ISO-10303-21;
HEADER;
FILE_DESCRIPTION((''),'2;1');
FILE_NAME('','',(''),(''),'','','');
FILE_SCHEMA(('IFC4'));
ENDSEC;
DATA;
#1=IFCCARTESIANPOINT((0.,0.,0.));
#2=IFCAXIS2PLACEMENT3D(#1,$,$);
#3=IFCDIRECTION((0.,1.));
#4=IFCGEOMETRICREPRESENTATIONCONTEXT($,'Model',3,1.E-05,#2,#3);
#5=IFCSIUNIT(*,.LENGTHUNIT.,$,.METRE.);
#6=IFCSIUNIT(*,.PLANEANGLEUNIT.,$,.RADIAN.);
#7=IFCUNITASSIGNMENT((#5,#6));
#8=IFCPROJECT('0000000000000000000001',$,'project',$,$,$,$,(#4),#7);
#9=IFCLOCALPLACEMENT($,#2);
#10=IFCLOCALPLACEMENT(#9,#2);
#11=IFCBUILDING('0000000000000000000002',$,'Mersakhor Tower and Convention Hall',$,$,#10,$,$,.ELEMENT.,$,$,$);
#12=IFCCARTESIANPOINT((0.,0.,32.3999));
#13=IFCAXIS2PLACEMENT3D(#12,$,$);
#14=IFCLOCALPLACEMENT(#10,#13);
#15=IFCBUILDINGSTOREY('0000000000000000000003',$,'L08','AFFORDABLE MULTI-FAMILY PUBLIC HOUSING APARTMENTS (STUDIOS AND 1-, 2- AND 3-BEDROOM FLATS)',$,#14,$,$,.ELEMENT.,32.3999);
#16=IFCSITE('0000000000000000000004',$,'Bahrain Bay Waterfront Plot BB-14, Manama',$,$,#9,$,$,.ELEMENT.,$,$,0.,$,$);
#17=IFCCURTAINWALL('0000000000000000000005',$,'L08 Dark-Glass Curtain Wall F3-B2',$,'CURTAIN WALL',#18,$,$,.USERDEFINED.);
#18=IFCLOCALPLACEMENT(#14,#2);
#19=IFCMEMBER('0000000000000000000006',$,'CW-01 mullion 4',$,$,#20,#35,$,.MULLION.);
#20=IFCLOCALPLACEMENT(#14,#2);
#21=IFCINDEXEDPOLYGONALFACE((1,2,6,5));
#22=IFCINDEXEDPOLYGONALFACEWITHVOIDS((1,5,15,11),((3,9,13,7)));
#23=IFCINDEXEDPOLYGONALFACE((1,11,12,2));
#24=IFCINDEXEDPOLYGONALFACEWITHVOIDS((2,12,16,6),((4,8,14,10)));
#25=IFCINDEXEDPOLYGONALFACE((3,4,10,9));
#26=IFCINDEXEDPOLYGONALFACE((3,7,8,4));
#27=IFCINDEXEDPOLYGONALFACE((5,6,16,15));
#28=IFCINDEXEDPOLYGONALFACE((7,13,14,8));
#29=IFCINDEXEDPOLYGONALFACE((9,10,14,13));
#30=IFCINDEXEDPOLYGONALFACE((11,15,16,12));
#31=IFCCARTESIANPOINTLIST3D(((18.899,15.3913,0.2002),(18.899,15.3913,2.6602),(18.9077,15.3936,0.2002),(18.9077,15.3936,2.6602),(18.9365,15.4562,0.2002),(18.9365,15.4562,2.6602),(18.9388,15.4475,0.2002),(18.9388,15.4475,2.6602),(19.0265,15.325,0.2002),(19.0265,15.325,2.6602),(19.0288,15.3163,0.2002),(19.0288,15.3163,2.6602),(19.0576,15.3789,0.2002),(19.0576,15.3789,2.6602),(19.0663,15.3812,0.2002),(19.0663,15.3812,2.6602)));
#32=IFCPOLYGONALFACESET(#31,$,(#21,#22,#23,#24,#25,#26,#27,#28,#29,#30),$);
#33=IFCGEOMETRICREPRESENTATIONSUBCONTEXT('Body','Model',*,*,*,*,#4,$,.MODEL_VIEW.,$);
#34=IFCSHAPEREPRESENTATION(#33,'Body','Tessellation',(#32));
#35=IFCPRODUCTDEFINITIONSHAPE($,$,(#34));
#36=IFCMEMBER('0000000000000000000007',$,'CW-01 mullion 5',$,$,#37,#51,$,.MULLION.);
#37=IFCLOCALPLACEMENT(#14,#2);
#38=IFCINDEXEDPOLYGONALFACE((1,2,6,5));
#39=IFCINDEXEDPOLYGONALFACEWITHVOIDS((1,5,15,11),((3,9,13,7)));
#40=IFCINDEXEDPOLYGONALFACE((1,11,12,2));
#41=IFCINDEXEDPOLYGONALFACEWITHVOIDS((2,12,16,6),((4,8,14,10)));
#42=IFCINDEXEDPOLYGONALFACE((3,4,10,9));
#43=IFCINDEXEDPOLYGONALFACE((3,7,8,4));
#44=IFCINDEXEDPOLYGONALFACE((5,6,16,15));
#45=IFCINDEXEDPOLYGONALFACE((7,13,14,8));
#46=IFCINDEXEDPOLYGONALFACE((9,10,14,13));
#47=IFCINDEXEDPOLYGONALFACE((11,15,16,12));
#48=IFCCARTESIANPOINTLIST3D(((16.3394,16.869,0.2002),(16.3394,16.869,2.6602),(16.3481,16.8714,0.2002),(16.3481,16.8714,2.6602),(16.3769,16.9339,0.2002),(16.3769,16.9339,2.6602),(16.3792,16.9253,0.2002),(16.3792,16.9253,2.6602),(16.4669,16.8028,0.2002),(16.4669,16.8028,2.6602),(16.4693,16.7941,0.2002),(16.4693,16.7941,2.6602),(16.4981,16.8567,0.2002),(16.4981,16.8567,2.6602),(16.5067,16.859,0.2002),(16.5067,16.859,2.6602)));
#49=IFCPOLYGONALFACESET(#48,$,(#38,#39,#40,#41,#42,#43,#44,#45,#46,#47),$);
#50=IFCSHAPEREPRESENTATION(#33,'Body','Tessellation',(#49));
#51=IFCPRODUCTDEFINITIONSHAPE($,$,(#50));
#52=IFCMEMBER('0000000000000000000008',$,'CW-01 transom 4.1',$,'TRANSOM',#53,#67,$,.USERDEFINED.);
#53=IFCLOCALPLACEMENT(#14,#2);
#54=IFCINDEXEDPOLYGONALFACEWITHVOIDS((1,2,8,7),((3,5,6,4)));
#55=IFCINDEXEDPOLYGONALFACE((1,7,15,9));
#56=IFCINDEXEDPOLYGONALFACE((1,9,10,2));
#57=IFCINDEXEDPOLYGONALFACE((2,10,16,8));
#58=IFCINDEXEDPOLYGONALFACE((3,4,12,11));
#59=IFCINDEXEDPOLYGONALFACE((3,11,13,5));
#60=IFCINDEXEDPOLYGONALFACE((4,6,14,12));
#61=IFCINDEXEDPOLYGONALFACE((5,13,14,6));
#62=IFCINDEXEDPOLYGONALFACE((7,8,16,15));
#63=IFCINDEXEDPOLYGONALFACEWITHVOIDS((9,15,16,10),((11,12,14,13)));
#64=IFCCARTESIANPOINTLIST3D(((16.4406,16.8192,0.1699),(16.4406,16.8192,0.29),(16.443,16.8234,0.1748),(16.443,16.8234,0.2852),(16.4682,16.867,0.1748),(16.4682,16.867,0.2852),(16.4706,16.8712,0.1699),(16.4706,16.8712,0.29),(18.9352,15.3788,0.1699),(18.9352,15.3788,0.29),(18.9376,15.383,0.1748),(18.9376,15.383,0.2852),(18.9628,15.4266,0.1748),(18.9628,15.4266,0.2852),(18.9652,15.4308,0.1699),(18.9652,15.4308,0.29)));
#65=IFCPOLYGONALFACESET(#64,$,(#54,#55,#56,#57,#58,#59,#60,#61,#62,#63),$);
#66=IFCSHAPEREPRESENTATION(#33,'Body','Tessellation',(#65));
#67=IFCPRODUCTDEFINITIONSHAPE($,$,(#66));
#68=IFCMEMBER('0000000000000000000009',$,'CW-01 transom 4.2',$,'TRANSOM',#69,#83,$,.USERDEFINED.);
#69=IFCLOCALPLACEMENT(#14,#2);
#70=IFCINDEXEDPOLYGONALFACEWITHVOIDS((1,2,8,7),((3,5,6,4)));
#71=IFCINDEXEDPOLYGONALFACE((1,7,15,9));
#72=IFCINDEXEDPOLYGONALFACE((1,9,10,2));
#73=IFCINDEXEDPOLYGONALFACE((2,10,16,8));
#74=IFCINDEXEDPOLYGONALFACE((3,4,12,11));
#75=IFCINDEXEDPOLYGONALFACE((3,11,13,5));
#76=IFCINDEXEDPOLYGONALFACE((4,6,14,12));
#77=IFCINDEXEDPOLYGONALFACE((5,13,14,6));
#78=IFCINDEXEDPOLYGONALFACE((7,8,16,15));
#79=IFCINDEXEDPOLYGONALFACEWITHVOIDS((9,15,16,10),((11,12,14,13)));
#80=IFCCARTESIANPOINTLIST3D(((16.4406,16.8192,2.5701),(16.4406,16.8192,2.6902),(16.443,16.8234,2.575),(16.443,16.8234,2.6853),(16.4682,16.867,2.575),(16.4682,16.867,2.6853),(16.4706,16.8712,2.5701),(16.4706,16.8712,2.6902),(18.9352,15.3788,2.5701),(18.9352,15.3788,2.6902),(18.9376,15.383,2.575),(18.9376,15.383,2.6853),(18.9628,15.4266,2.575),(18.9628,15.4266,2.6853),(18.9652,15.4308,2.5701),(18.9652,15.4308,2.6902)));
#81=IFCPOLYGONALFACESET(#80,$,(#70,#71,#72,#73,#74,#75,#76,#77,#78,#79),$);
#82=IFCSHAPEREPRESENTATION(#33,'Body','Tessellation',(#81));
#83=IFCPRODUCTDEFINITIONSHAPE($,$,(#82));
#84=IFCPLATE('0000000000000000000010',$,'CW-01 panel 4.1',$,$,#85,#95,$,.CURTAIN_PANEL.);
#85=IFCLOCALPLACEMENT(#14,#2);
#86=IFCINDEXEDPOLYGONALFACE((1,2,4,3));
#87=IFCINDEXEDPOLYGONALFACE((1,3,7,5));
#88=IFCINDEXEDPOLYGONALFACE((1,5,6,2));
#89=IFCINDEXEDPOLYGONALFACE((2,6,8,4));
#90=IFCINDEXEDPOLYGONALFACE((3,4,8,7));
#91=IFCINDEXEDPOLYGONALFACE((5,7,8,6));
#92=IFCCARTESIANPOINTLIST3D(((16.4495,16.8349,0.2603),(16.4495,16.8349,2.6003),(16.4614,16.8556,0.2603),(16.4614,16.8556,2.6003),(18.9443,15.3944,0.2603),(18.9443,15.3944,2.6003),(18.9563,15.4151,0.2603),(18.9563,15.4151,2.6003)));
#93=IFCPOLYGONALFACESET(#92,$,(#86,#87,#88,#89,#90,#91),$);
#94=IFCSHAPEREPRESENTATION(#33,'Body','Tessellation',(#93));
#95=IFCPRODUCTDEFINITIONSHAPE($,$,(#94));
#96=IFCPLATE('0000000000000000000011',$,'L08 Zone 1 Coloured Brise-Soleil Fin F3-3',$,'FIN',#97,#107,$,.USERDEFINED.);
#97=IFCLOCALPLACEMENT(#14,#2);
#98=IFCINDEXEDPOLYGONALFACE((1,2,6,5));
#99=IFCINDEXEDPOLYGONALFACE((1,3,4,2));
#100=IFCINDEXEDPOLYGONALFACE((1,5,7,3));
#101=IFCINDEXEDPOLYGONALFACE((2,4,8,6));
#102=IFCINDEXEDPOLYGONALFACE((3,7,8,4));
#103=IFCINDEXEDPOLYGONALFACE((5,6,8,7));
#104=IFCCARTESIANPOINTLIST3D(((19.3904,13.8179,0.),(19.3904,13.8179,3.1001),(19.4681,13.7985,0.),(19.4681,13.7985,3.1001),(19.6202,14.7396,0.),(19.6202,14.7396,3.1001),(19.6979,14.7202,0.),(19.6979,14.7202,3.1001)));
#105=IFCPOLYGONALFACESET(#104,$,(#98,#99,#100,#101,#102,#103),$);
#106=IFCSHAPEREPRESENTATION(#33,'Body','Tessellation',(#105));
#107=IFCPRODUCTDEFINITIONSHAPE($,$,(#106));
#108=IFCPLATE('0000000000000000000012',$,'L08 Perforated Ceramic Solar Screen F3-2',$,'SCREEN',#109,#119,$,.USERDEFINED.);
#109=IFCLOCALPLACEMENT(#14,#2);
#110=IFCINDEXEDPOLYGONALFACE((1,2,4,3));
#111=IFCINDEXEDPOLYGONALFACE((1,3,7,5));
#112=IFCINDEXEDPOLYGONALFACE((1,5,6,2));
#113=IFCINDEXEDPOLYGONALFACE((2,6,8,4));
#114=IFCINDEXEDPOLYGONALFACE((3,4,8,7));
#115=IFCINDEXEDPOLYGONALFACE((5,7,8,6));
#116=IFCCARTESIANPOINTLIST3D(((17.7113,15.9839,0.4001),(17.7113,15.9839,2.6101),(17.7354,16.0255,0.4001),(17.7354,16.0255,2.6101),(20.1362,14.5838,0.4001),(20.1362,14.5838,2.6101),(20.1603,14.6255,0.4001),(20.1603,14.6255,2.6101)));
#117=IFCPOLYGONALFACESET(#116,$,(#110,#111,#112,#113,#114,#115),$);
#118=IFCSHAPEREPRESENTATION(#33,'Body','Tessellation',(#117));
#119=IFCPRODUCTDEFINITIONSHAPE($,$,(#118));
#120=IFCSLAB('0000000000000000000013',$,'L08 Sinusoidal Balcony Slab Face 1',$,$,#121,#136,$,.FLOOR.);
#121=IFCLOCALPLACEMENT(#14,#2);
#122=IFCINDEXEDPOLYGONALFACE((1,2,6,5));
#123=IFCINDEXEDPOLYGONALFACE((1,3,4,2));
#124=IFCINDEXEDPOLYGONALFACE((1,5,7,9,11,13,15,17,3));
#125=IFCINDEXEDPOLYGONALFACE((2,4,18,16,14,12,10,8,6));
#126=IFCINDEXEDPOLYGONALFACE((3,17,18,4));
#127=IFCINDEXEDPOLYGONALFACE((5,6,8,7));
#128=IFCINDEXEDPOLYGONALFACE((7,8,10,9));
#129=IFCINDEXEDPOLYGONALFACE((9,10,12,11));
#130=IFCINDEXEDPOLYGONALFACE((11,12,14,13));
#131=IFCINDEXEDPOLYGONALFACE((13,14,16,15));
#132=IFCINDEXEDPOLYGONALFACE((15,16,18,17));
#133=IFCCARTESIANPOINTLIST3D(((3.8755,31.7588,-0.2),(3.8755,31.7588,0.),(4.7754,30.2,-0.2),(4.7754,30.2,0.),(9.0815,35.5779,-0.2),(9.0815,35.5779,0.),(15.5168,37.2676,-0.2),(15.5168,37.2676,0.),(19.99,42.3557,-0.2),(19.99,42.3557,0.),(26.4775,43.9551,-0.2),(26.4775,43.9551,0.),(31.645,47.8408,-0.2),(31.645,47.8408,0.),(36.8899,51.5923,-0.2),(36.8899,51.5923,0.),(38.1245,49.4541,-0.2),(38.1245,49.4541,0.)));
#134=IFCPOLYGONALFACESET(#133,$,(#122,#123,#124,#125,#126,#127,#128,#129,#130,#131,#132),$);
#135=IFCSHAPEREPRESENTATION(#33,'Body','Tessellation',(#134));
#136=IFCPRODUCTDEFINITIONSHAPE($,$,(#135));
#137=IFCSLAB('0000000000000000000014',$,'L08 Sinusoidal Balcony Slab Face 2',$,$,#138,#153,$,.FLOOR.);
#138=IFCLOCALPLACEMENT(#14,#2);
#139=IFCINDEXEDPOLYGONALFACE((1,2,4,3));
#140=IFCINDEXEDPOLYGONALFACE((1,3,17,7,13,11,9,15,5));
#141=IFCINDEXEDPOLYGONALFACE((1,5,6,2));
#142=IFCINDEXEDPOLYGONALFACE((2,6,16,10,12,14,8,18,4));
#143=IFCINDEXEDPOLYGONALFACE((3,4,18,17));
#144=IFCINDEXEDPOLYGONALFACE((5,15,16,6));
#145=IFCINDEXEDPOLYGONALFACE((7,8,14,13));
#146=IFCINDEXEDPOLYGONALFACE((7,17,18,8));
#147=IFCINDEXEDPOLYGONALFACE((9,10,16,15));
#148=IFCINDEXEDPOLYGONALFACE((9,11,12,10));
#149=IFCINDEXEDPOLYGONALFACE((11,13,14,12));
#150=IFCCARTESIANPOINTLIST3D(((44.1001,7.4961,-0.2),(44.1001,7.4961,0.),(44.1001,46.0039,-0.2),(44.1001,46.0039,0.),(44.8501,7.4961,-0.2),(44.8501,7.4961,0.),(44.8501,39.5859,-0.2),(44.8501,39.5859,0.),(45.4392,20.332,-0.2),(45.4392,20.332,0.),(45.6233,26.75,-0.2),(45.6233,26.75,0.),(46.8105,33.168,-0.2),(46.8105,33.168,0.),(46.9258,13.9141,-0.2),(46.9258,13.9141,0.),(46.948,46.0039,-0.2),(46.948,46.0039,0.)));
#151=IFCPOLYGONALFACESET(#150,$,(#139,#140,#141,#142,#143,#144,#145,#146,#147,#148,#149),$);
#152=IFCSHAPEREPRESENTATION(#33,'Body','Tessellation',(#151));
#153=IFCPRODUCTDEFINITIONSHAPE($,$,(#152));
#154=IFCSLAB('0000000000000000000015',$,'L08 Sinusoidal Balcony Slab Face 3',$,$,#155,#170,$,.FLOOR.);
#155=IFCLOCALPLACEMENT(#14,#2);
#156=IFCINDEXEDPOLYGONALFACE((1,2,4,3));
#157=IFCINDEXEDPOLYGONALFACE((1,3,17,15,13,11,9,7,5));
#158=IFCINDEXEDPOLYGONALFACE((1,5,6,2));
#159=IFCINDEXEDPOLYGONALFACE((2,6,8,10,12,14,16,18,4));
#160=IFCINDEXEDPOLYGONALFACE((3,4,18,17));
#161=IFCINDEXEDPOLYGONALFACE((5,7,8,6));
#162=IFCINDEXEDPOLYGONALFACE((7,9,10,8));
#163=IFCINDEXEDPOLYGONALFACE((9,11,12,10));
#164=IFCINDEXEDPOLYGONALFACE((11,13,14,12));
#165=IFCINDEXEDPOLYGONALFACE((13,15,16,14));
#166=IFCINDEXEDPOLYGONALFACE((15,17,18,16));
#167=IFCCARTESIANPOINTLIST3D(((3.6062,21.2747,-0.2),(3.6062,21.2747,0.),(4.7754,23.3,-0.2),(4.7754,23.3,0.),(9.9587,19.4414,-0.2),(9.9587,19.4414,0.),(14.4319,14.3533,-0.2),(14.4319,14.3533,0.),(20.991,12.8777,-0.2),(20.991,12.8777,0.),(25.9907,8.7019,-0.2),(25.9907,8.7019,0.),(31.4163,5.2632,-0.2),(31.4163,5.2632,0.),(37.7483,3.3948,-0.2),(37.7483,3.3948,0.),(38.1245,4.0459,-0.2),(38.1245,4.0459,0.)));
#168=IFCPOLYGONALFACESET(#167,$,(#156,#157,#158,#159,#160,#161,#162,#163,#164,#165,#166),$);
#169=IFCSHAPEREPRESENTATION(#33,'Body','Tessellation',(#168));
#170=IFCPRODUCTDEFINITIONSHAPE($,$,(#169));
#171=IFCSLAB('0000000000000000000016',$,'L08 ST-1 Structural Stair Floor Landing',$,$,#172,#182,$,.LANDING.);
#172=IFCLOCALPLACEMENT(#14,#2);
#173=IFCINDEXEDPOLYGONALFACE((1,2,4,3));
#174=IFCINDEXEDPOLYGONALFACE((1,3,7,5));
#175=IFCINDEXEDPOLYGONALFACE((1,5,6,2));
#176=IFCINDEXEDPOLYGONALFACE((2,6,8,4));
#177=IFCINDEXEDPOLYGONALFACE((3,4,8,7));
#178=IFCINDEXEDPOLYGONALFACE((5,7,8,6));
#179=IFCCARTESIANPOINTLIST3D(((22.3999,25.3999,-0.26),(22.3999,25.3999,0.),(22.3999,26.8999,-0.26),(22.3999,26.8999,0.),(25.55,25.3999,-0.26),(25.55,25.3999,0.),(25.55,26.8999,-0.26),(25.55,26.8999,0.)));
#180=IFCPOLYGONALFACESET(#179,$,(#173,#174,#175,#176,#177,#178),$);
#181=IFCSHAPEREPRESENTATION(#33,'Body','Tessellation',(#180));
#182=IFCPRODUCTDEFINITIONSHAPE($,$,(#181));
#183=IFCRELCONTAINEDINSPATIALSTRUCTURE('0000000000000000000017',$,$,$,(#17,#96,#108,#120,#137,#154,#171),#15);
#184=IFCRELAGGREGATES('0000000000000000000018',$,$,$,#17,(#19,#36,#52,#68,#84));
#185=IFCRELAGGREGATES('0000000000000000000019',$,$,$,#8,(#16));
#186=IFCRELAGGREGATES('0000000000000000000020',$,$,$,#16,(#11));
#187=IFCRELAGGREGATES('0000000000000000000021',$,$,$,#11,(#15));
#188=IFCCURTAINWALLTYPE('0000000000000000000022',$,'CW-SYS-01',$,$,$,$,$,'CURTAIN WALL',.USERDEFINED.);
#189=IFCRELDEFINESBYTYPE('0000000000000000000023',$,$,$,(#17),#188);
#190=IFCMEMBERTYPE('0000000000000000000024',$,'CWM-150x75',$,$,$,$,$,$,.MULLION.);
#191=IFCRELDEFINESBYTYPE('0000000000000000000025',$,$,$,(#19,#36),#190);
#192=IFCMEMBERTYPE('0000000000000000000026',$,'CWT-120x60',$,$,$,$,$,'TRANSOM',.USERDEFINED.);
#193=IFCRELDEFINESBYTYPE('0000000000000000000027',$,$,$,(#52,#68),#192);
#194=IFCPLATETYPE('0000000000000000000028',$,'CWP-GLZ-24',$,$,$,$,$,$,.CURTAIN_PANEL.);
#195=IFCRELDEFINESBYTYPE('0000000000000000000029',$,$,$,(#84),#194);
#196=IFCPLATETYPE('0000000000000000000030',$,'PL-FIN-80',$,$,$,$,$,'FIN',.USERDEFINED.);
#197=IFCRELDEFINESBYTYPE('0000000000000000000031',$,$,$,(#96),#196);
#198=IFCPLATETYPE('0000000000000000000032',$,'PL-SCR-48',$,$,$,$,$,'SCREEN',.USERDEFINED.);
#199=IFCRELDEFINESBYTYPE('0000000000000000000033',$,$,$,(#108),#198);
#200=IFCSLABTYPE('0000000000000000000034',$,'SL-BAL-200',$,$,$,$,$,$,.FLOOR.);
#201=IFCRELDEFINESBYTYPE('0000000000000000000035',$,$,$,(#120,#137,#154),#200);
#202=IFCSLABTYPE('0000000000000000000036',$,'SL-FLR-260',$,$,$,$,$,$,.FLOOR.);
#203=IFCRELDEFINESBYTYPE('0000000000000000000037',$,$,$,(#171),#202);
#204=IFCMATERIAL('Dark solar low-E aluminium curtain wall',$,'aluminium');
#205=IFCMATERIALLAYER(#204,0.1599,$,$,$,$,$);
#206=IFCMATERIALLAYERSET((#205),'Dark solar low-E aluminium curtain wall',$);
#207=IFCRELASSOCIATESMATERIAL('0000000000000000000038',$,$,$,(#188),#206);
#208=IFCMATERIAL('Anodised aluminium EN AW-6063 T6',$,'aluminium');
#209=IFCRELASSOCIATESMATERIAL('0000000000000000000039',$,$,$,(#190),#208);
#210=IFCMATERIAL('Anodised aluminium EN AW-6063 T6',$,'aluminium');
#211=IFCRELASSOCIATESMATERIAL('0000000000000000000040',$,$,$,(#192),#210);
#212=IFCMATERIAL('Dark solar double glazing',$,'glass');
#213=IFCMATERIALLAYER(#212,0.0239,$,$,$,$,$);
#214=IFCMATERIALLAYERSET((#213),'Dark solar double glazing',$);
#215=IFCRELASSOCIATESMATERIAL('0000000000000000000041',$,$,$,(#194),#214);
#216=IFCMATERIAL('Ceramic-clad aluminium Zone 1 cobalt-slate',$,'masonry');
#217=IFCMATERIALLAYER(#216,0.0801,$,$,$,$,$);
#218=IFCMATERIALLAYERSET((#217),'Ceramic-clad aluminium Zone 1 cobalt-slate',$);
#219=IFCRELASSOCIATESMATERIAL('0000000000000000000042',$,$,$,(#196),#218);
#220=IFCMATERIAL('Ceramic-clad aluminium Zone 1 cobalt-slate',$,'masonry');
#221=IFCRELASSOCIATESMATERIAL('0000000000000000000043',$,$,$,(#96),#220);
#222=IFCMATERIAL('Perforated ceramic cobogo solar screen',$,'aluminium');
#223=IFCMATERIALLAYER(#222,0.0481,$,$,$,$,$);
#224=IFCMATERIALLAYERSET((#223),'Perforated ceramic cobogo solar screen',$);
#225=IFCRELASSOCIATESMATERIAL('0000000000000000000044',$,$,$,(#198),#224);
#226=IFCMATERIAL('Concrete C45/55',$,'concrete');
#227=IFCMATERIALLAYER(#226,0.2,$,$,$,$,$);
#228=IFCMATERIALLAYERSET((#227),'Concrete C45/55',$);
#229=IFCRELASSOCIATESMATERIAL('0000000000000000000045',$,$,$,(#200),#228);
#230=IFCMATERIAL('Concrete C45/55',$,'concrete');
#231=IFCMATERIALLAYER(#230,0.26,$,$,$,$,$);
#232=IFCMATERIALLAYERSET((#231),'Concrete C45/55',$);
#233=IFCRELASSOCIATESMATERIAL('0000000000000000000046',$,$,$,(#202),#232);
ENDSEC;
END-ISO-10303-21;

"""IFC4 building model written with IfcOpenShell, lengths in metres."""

from ifc_helpers import new_model, si_unit, direction, frame, origin, origin_2d, place, context, subcontext, project, spatial, polyline, rectangle, hollow_rectangle, outline, extrude, material, layer, layer_set, material_profile, profile_set, type_object, element, aggregate, save


model = new_model("IFC4")

# Units and contexts
model_context = context("Model", 3, precision=1e-05, world=origin(), true_north=direction((0.0, 1.0)))
body_context = subcontext(model_context, "Body", "Model", "MODEL_VIEW")
ifc_project = project(units=[si_unit("LENGTHUNIT", "METRE"), si_unit("PLANEANGLEUNIT", "RADIAN")], contexts=[model_context])

# Site, building, storey
site_placement = place(None, origin())
site = spatial("IfcSite", under=ifc_project, at=site_placement, Name="Bahrain Bay Waterfront Plot BB-14, Manama", CompositionType="ELEMENT", RefElevation=0.0)
building_placement = place(site_placement, origin())
building = spatial("IfcBuilding", under=site, at=building_placement, Name="Mersakhor Tower and Convention Hall", CompositionType="ELEMENT")
storey_placement = place(building_placement, frame((0.0, 0.0, 32.3999)))
storey = spatial("IfcBuildingStorey", under=building, at=storey_placement, Name="L08", Description="AFFORDABLE MULTI-FAMILY PUBLIC HOUSING APARTMENTS (STUDIOS AND 1-, 2- AND 3-BEDROOM FLATS)", CompositionType="ELEMENT", Elevation=32.3999)

# Curtain wall, members, plate
ifc_material_1 = material(Name="Dark solar low-E aluminium curtain wall", Category="aluminium")
ifc_layer_1 = layer(ifc_material_1, 0.1599)
ifc_layer_set_1 = layer_set([ifc_layer_1], Name="Dark solar low-E aluminium curtain wall")
curtain_wall_type = type_object("IfcCurtainWallType", Name="CW-SYS-01", ElementType="CURTAIN WALL", PredefinedType="USERDEFINED", material=ifc_layer_set_1)
curtain_wall_placement = place(storey_placement, origin())
curtain_wall = element("IfcCurtainWall", 1, at=curtain_wall_placement, inside=storey, type_object=curtain_wall_type, Name="L08 Dark-Glass Curtain Wall F3-B2", ObjectType="CURTAIN WALL", PredefinedType="USERDEFINED")
ifc_material_2 = material(Name="Anodised aluminium EN AW-6063 T6", Category="aluminium")
ifc_material_profile_1 = material_profile(ifc_material_2, hollow_rectangle(XDim=0.075, YDim=0.1499, WallThickness=0.0063, at=origin_2d()), Name="RHS 150x75x6.3")
ifc_profile_set_1 = profile_set([ifc_material_profile_1], Name="Anodised aluminium EN AW-6063 T6")
member_type_1 = type_object("IfcMemberType", Name="CWM-150x75", PredefinedType="MULLION", material=ifc_profile_set_1)
member_1_placement = place(storey_placement, frame((18.9827, 15.3862, 0.2002), z_axis=(0.0, 0.0, 1.0), x_axis=(-0.500003, -0.866023, 0.0)))
member_1 = element("IfcMember", 2, at=member_1_placement, type_object=member_type_1, Name="CW-01 mullion 4", PredefinedType="MULLION", context=body_context, shape_type="SweptSolid", body=[
    extrude(hollow_rectangle(XDim=0.075, YDim=0.1499, WallThickness=0.0063, at=origin_2d()), origin(), (0.0, 0.0, 1.0), 2.46),
])
member_2_placement = place(storey_placement, frame((16.4231, 16.864, 0.2002), z_axis=(0.0, 0.0, 1.0), x_axis=(-0.500003, -0.866023, 0.0)))
member_2 = element("IfcMember", 3, at=member_2_placement, type_object=member_type_1, Name="CW-01 mullion 5", PredefinedType="MULLION", context=body_context, shape_type="SweptSolid", body=[
    extrude(hollow_rectangle(XDim=0.075, YDim=0.1499, WallThickness=0.0063, at=origin_2d()), origin(), (0.0, 0.0, 1.0), 2.46),
])
ifc_material_3 = material(Name="Anodised aluminium EN AW-6063 T6", Category="aluminium")
ifc_material_profile_2 = material_profile(ifc_material_3, hollow_rectangle(XDim=0.0601, YDim=0.1201, WallThickness=0.0049, at=origin_2d()), Name="RHS 120x60x5")
ifc_profile_set_2 = profile_set([ifc_material_profile_2], Name="Anodised aluminium EN AW-6063 T6")
member_type_2 = type_object("IfcMemberType", Name="CWT-120x60", ElementType="TRANSOM", PredefinedType="USERDEFINED", material=ifc_profile_set_2)
member_3_placement = place(storey_placement, frame((18.9502, 15.4048, 0.23), z_axis=(-0.866002, 0.50004, 0.0), x_axis=(-0.50004, -0.866002, 0.0)))
member_3 = element("IfcMember", 4, at=member_3_placement, type_object=member_type_2, Name="CW-01 transom 4.1", ObjectType="TRANSOM", PredefinedType="USERDEFINED", context=body_context, shape_type="SweptSolid", body=[
    extrude(hollow_rectangle(XDim=0.0601, YDim=0.1201, WallThickness=0.0049, at=origin_2d()), origin(), (0.0, 0.0, 1.0), 2.8806),
])
member_4_placement = place(storey_placement, frame((18.9502, 15.4048, 2.6301), z_axis=(-0.866002, 0.50004, 0.0), x_axis=(-0.50004, -0.866002, 0.0)))
member_4 = element("IfcMember", 5, at=member_4_placement, type_object=member_type_2, Name="CW-01 transom 4.2", ObjectType="TRANSOM", PredefinedType="USERDEFINED", context=body_context, shape_type="SweptSolid", body=[
    extrude(hollow_rectangle(XDim=0.0601, YDim=0.1201, WallThickness=0.0049, at=origin_2d()), origin(), (0.0, 0.0, 1.0), 2.8806),
])
ifc_material_4 = material(Name="Dark solar double glazing", Category="glass")
ifc_layer_2 = layer(ifc_material_4, 0.0239)
ifc_layer_set_2 = layer_set([ifc_layer_2], Name="Dark solar double glazing")
plate_type_1 = type_object("IfcPlateType", Name="CWP-GLZ-24", PredefinedType="CURTAIN_PANEL", material=ifc_layer_set_2)
plate_1_placement = place(storey_placement, frame((17.7029, 16.125, 0.2603), z_axis=(0.0, 0.0, 1.0), x_axis=(-0.866023, 0.500003, 0.0)))
plate_1 = element("IfcPlate", 6, at=plate_1_placement, type_object=plate_type_1, Name="CW-01 panel 4.1", PredefinedType="CURTAIN_PANEL", context=body_context, shape_type="SweptSolid", body=[
    extrude(rectangle(XDim=2.8809, YDim=0.0239, at=origin_2d()), origin(), (0.0, 0.0, 1.0), 2.3401),
])
aggregate(curtain_wall, [member_1, member_2, member_3, member_4, plate_1])

# Plates
ifc_material_5 = material(Name="Ceramic-clad aluminium Zone 1 cobalt-slate", Category="masonry")
ifc_material_6 = material(Name="Ceramic-clad aluminium Zone 1 cobalt-slate", Category="masonry")
ifc_layer_3 = layer(ifc_material_6, 0.0801)
ifc_layer_set_3 = layer_set([ifc_layer_3], Name="Ceramic-clad aluminium Zone 1 cobalt-slate")
plate_type_2 = type_object("IfcPlateType", Name="PL-FIN-80", ElementType="FIN", PredefinedType="USERDEFINED", material=ifc_layer_set_3)
plate_2_placement = place(storey_placement, frame((19.5442, 14.269, 0.0), z_axis=(0.0, 0.0, 1.0), x_axis=(-0.241922, -0.970296, 0.0)))
element("IfcPlate", 7, at=plate_2_placement, inside=storey, type_object=plate_type_2, material=ifc_material_5, Name="L08 Zone 1 Coloured Brise-Soleil Fin F3-3", ObjectType="FIN", PredefinedType="USERDEFINED", context=body_context, shape_type="SweptSolid", body=[
    extrude(rectangle(XDim=0.95, YDim=0.0801, at=origin_2d()), origin(), (0.0, 0.0, 1.0), 3.1001),
])
ifc_material_7 = material(Name="Perforated ceramic cobogo solar screen", Category="aluminium")
ifc_layer_4 = layer(ifc_material_7, 0.0481)
ifc_layer_set_4 = layer_set([ifc_layer_4], Name="Perforated ceramic cobogo solar screen")
plate_type_3 = type_object("IfcPlateType", Name="PL-SCR-48", ElementType="SCREEN", PredefinedType="USERDEFINED", material=ifc_layer_set_4)
plate_3_placement = place(storey_placement, frame((18.9358, 15.3047, 0.4001), z_axis=(0.0, 0.0, 1.0), x_axis=(-0.866025, 0.5, 0.0)))
element("IfcPlate", 8, at=plate_3_placement, inside=storey, type_object=plate_type_3, Name="L08 Perforated Ceramic Solar Screen F3-2", ObjectType="SCREEN", PredefinedType="USERDEFINED", context=body_context, shape_type="SweptSolid", body=[
    extrude(rectangle(XDim=2.8, YDim=0.0481, at=origin_2d()), origin(), (0.0, 0.0, 1.0), 2.21),
])

# Slabs
ifc_material_8 = material(Name="Concrete C45/55", Category="concrete")
ifc_layer_5 = layer(ifc_material_8, 0.2)
ifc_layer_set_5 = layer_set([ifc_layer_5], Name="Concrete C45/55")
slab_type_1 = type_object("IfcSlabType", Name="SL-BAL-200", PredefinedType="FLOOR", material=ifc_layer_set_5)
slab_1_placement = place(storey_placement, frame((0.0, 0.0, -0.2)))
element("IfcSlab", 9, at=slab_1_placement, inside=storey, type_object=slab_type_1, Name="L08 Sinusoidal Balcony Slab Face 1", PredefinedType="FLOOR", context=body_context, shape_type="SweptSolid", body=[
    extrude(outline(polyline([(4.7754, 30.2), (38.1245, 49.4541), (36.8899, 51.5923), (31.645, 47.8408), (26.4775, 43.9551), (19.99, 42.3557), (15.5168, 37.2676), (9.0815, 35.5779), (3.8755, 31.7588), (4.7754, 30.2)])), origin(), (0.0, 0.0, 1.0), 0.2),
])
slab_2_placement = place(storey_placement, frame((0.0, 0.0, -0.2)))
element("IfcSlab", 10, at=slab_2_placement, inside=storey, type_object=slab_type_1, Name="L08 Sinusoidal Balcony Slab Face 2", PredefinedType="FLOOR", context=body_context, shape_type="SweptSolid", body=[
    extrude(outline(polyline([(44.1001, 46.0039), (44.1001, 7.4961), (44.8501, 7.4961), (46.9258, 13.9141), (45.4392, 20.332), (45.6233, 26.75), (46.8105, 33.168), (44.8501, 39.5859), (46.948, 46.0039), (44.1001, 46.0039)])), origin(), (0.0, 0.0, 1.0), 0.2),
])
slab_3_placement = place(storey_placement, frame((0.0, 0.0, -0.2)))
element("IfcSlab", 11, at=slab_3_placement, inside=storey, type_object=slab_type_1, Name="L08 Sinusoidal Balcony Slab Face 3", PredefinedType="FLOOR", context=body_context, shape_type="SweptSolid", body=[
    extrude(outline(polyline([(38.1245, 4.0459), (4.7754, 23.3), (3.6062, 21.2747), (9.9587, 19.4414), (14.4319, 14.3533), (20.991, 12.8777), (25.9907, 8.7019), (31.4163, 5.2632), (37.7483, 3.3948), (38.1245, 4.0459)])), origin(), (0.0, 0.0, 1.0), 0.2),
])
ifc_material_9 = material(Name="Concrete C45/55", Category="concrete")
ifc_layer_6 = layer(ifc_material_9, 0.26)
ifc_layer_set_6 = layer_set([ifc_layer_6], Name="Concrete C45/55")
slab_type_2 = type_object("IfcSlabType", Name="SL-FLR-260", PredefinedType="FLOOR", material=ifc_layer_set_6)
slab_4_placement = place(storey_placement, frame((0.0, 0.0, -0.26)))
element("IfcSlab", 12, at=slab_4_placement, inside=storey, type_object=slab_type_2, Name="L08 ST-1 Structural Stair Floor Landing", PredefinedType="LANDING", context=body_context, shape_type="SweptSolid", body=[
    extrude(outline(polyline([(25.55, 25.3999), (25.55, 26.8999), (22.3999, 26.8999), (22.3999, 25.3999), (25.55, 25.3999)])), origin(), (0.0, 0.0, 1.0), 0.26),
])

save(model, "model.ifc")
